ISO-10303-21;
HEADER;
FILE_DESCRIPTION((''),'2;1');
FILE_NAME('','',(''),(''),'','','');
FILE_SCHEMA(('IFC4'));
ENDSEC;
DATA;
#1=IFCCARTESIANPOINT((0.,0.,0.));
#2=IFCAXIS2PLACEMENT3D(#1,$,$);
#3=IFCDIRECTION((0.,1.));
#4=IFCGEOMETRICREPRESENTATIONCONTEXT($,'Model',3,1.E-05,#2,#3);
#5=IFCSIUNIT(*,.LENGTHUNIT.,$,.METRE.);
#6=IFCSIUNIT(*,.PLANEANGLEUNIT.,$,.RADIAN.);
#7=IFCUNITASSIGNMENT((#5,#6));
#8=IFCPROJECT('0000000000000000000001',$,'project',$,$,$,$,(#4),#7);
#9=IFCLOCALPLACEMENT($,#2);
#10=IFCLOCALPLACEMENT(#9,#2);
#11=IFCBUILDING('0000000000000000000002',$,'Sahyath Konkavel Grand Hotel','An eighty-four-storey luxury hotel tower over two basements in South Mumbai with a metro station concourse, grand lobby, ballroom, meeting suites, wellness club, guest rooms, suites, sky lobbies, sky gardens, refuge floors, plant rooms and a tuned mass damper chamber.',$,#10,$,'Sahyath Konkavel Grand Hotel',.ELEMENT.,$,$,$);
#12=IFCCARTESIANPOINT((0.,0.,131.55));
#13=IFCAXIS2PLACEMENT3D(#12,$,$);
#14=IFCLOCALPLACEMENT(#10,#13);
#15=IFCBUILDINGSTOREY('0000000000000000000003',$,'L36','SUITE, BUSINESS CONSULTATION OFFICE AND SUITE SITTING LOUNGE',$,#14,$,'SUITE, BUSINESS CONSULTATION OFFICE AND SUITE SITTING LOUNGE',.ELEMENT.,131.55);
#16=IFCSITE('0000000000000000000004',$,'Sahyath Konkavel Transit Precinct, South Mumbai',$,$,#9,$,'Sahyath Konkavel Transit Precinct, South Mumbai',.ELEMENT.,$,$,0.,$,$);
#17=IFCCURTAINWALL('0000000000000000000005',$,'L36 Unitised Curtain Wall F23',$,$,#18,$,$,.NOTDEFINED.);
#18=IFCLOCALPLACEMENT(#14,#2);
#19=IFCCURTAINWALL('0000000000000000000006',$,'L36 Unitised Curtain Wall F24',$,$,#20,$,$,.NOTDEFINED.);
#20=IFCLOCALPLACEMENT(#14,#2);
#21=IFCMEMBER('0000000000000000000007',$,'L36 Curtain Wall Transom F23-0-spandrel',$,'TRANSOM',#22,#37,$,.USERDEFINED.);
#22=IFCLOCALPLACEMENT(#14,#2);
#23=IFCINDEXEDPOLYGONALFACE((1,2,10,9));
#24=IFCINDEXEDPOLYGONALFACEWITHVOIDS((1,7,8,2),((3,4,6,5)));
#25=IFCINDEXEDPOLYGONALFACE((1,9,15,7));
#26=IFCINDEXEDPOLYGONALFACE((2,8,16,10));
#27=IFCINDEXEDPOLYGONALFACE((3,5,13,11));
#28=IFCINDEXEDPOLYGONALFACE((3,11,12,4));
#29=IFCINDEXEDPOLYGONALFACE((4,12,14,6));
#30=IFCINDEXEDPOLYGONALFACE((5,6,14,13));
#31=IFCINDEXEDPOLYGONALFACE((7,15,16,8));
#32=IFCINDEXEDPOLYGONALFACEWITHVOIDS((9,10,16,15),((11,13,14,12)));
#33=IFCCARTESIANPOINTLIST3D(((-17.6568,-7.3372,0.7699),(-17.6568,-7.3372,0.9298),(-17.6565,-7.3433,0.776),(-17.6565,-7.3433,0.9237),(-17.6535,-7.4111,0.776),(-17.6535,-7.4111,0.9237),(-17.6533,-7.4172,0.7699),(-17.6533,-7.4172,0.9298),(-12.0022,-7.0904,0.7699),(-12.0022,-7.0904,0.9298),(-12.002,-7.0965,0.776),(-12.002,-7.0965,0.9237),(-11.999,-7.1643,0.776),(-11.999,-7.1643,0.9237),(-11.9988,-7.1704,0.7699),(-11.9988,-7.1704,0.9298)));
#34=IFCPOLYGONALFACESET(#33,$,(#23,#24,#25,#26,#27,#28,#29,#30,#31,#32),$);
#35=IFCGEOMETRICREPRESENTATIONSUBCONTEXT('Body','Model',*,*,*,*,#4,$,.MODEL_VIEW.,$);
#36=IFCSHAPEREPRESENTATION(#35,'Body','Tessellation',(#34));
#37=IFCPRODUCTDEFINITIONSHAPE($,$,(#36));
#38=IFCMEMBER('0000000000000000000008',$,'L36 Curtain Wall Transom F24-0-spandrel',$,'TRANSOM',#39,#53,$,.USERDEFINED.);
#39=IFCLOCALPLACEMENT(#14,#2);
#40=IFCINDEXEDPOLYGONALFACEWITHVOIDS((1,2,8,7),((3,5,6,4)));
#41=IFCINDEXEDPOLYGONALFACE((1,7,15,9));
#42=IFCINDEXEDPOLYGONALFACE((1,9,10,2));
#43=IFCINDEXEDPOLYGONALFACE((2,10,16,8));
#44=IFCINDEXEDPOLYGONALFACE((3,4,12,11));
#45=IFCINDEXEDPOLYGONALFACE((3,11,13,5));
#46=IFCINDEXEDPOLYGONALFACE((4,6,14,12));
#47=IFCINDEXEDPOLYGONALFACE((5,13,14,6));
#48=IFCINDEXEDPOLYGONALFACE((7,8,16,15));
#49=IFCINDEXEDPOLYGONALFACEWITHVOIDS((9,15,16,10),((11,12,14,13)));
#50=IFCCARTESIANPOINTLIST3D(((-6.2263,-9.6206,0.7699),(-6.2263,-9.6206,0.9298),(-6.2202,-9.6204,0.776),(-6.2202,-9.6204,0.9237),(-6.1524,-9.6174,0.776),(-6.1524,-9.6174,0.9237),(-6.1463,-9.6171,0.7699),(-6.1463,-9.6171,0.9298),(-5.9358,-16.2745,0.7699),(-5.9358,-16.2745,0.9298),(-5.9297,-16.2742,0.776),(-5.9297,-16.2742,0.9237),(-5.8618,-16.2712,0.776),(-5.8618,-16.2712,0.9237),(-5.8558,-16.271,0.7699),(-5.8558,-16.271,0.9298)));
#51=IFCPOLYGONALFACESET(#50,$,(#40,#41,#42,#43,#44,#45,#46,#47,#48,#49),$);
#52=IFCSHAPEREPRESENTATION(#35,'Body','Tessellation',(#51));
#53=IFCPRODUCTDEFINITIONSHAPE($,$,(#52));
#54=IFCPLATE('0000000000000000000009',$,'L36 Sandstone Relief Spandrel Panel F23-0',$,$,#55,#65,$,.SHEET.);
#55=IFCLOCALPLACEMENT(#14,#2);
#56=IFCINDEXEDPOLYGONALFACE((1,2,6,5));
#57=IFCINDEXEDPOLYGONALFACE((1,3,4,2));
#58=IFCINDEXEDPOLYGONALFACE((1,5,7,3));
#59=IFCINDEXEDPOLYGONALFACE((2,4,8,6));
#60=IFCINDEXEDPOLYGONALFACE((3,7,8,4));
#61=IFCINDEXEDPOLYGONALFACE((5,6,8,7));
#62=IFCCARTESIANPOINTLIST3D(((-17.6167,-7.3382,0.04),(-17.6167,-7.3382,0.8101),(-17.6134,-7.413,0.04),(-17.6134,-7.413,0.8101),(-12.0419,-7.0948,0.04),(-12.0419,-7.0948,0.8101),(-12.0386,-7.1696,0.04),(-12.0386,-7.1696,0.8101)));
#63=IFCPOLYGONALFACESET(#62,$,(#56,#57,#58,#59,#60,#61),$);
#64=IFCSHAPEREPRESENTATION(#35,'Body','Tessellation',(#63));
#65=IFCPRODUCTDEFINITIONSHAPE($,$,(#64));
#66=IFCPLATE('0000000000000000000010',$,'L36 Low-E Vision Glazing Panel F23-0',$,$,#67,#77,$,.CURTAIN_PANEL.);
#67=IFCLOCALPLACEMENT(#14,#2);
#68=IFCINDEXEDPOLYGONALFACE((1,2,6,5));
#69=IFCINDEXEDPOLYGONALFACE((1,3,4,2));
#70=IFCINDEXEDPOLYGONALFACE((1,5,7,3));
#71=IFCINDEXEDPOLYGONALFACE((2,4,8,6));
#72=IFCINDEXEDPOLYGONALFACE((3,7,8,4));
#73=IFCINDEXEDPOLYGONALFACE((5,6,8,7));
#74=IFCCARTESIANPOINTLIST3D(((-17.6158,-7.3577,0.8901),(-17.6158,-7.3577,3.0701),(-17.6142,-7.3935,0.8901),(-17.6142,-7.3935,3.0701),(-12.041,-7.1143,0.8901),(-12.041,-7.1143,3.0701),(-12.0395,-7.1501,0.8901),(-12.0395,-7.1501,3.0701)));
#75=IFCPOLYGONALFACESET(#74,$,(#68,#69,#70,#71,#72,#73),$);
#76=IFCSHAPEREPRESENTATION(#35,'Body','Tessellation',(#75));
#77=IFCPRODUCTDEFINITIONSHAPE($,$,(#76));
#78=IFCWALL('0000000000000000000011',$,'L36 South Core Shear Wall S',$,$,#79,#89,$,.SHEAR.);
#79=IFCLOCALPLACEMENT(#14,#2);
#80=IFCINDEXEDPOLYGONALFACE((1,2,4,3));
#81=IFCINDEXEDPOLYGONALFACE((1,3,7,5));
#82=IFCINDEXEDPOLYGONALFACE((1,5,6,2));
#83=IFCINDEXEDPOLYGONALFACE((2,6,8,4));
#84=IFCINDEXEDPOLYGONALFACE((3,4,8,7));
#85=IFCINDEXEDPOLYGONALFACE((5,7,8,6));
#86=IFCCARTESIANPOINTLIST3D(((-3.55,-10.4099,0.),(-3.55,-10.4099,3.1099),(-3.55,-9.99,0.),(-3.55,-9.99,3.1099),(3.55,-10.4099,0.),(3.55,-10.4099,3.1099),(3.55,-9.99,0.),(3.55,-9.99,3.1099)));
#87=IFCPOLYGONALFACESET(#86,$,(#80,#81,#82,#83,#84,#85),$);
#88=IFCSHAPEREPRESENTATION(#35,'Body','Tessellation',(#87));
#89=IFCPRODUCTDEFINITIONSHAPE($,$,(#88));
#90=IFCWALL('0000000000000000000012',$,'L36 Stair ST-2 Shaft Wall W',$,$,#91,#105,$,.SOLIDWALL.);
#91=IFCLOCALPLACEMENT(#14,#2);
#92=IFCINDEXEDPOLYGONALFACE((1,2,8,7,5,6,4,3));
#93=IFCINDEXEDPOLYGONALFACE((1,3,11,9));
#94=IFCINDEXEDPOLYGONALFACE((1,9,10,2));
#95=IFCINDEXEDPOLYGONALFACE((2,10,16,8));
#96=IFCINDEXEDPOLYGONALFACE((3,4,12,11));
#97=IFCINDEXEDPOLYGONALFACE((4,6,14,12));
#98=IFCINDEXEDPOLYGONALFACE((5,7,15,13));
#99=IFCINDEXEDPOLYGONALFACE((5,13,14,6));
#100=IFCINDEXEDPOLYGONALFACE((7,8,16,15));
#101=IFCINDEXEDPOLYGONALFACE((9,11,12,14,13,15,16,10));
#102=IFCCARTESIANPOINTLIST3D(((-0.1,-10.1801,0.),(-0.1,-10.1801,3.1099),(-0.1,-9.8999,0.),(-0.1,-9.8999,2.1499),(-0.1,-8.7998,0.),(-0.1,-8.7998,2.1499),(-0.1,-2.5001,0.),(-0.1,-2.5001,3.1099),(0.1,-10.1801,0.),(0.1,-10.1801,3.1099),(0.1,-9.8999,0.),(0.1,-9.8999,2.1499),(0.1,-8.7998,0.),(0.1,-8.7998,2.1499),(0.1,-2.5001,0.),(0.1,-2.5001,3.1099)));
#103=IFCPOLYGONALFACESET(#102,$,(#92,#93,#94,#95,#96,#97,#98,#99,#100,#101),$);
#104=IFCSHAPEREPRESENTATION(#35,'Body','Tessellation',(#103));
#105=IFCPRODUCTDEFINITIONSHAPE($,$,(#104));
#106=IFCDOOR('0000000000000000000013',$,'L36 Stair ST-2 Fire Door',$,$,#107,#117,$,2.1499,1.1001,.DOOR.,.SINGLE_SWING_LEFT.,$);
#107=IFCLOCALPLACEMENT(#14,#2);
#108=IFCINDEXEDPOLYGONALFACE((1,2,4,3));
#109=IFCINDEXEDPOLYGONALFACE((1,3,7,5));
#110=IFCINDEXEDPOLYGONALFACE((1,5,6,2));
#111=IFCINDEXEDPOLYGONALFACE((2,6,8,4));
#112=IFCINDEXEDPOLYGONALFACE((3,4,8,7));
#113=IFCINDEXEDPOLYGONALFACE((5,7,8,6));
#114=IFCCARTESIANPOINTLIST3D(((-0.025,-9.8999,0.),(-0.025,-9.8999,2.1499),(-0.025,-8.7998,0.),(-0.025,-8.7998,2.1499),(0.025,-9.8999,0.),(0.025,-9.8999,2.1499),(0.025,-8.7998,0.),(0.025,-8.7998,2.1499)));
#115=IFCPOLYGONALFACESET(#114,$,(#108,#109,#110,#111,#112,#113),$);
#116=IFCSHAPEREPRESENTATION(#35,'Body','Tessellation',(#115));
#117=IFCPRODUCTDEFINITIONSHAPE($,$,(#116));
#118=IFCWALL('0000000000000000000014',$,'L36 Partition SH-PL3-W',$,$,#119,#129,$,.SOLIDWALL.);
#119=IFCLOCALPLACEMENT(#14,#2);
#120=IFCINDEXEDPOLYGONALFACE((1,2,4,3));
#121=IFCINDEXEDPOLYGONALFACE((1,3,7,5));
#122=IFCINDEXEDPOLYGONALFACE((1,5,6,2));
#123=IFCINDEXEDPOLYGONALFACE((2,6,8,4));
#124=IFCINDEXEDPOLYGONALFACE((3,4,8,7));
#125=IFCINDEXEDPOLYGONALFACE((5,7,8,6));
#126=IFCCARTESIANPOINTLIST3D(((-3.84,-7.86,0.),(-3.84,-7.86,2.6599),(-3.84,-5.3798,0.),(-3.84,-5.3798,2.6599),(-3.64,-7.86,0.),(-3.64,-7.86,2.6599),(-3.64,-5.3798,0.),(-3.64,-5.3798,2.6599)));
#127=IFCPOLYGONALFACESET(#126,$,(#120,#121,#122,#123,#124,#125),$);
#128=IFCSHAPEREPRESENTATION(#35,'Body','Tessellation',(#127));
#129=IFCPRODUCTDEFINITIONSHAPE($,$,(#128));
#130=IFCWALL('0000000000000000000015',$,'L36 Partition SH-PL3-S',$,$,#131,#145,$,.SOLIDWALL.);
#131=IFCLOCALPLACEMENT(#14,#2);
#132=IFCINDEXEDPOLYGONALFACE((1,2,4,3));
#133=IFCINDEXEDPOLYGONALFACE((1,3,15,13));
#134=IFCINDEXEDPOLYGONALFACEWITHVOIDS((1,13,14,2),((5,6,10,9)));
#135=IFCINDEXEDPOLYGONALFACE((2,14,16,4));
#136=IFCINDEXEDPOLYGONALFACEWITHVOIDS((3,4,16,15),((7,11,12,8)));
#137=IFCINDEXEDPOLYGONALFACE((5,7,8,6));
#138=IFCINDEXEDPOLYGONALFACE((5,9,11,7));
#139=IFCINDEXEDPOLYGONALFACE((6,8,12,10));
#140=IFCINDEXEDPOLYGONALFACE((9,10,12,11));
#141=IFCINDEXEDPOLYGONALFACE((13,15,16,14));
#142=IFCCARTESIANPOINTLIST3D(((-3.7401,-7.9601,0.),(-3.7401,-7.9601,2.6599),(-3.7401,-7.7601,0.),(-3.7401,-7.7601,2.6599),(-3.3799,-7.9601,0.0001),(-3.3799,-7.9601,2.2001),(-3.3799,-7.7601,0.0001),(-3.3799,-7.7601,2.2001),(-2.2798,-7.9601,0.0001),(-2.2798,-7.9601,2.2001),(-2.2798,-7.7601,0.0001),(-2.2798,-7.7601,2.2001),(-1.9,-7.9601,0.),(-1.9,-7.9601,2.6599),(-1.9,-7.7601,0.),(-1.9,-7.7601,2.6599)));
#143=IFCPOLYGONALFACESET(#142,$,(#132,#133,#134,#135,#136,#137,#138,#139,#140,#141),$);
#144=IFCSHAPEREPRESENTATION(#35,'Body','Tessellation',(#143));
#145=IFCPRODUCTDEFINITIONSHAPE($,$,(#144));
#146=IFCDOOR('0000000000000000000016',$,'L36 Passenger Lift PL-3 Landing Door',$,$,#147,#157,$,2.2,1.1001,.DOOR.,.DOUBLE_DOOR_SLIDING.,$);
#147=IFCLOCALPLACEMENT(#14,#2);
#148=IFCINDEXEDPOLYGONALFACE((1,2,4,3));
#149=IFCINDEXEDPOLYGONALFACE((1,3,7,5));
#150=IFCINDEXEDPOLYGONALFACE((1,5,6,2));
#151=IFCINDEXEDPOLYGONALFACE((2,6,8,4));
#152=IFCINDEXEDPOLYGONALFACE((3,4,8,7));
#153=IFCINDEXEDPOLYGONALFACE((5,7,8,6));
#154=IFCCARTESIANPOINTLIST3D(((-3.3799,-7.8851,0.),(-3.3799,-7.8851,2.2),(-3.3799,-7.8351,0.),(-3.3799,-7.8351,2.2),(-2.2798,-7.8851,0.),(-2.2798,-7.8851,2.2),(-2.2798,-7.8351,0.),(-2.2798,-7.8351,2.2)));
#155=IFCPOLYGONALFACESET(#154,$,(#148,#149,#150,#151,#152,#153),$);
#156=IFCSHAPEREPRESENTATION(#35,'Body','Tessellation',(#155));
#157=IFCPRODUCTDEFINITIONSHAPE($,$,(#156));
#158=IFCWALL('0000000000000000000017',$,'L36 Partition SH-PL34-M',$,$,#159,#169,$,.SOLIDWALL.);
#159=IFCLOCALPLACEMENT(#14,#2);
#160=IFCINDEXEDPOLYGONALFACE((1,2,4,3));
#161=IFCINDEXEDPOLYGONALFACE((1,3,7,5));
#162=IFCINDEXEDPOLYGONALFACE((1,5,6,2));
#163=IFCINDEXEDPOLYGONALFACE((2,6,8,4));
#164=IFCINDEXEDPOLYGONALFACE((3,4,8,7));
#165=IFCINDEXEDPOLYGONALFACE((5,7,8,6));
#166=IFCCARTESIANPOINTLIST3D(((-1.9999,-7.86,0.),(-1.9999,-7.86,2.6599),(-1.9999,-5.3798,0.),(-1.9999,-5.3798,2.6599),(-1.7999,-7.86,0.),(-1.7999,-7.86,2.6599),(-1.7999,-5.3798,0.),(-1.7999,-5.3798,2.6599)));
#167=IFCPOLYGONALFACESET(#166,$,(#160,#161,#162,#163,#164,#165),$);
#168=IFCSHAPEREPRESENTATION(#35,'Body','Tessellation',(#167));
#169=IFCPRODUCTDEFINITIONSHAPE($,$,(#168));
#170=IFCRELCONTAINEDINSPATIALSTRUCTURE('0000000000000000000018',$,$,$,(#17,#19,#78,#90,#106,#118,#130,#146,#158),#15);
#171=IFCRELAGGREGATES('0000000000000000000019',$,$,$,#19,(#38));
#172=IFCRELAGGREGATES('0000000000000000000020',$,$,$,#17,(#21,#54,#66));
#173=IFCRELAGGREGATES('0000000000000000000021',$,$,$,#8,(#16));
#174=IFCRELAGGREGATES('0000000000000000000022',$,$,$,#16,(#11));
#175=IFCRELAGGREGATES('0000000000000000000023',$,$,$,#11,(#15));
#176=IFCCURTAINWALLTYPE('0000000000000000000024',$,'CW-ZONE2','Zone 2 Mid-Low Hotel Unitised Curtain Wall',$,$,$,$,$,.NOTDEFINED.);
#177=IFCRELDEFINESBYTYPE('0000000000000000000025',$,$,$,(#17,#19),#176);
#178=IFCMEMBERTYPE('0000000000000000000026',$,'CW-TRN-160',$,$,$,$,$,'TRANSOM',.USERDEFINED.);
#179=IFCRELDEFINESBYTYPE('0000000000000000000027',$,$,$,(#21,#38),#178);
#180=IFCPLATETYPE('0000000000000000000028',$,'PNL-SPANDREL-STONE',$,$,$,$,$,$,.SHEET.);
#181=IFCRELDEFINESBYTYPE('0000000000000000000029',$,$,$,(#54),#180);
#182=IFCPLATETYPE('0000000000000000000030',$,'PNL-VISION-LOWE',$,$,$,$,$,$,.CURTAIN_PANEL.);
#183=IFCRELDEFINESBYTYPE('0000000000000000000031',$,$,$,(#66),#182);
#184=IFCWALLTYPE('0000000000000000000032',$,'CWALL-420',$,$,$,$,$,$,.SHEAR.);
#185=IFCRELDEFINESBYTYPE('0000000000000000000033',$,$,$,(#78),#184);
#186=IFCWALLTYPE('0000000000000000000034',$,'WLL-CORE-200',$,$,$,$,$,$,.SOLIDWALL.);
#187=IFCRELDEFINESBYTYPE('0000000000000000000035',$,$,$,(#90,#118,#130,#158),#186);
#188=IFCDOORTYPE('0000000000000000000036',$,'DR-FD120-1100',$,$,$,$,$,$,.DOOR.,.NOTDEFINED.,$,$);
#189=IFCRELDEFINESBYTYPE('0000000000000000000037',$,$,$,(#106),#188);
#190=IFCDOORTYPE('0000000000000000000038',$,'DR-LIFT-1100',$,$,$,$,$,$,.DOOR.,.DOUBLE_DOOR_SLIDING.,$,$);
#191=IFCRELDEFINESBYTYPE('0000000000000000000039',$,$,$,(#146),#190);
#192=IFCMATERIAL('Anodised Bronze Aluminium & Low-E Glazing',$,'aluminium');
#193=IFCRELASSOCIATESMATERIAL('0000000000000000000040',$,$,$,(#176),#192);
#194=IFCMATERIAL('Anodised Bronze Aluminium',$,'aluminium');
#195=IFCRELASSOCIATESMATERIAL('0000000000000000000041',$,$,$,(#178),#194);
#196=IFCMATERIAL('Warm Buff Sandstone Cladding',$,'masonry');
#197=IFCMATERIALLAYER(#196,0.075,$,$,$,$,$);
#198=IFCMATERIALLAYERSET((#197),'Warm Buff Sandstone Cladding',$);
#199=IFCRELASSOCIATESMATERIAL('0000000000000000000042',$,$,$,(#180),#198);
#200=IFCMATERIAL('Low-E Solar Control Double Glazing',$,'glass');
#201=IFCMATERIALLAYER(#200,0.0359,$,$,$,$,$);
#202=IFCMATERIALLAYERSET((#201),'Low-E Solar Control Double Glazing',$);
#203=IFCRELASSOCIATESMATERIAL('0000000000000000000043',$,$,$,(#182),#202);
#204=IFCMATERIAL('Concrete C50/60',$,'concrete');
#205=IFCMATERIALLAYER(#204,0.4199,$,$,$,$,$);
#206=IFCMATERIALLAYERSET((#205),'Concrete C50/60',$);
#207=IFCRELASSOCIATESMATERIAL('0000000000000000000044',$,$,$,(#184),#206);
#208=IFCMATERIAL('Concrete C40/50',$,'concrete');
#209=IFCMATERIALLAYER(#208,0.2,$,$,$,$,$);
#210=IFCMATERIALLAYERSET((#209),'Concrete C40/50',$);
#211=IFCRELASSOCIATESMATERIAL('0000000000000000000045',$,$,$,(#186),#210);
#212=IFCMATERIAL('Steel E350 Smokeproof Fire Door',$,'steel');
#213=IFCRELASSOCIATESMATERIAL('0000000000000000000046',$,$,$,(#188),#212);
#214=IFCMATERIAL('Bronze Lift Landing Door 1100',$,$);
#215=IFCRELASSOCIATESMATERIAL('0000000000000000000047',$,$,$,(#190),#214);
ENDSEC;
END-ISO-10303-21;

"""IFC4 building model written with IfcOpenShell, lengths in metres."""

from ifc_helpers import new_model, si_unit, direction, frame, frame_2d, origin, origin_2d, place, context, subcontext, project, spatial, rectangle, hollow_rectangle, extrude, source, transform, mapped, material, layer, layer_set, material_profile, profile_set, type_object, element, fill, aggregate, save


model = new_model("IFC4")

# Units and contexts
model_context = context("Model", 3, precision=1e-05, world=origin(), true_north=direction((0.0, 1.0)))
body_context = subcontext(model_context, "Body", "Model", "MODEL_VIEW")
ifc_project = project(units=[si_unit("LENGTHUNIT", "METRE"), si_unit("PLANEANGLEUNIT", "RADIAN")], contexts=[model_context])

# Site, building, storey
site_placement = place(None, origin())
site = spatial("IfcSite", under=ifc_project, at=site_placement, Name="Sahyath Konkavel Transit Precinct, South Mumbai", LongName="Sahyath Konkavel Transit Precinct, South Mumbai", CompositionType="ELEMENT", RefElevation=0.0)
building_placement = place(site_placement, origin())
building = spatial("IfcBuilding", under=site, at=building_placement, Name="Sahyath Konkavel Grand Hotel", Description="An eighty-four-storey luxury hotel tower over two basements in South Mumbai with a metro station concourse, grand lobby, ballroom, meeting suites, wellness club, guest rooms, suites, sky lobbies, sky gardens, refuge floors, plant rooms and a tuned mass damper chamber.", LongName="Sahyath Konkavel Grand Hotel", CompositionType="ELEMENT")
storey_placement = place(building_placement, frame((0.0, 0.0, 131.55)))
storey = spatial("IfcBuildingStorey", under=building, at=storey_placement, Name="L36", Description="SUITE, BUSINESS CONSULTATION OFFICE AND SUITE SITTING LOUNGE", LongName="SUITE, BUSINESS CONSULTATION OFFICE AND SUITE SITTING LOUNGE", CompositionType="ELEMENT", Elevation=131.55)

# Curtain walls
ifc_material_1 = material(Name="Anodised Bronze Aluminium & Low-E Glazing", Category="aluminium")
curtain_wall_type = type_object("IfcCurtainWallType", Name="CW-ZONE2", Description="Zone 2 Mid-Low Hotel Unitised Curtain Wall", PredefinedType="NOTDEFINED", material=ifc_material_1)
curtain_wall_1_placement = place(storey_placement, origin())
curtain_wall_1 = element("IfcCurtainWall", 1, at=curtain_wall_1_placement, inside=storey, type_object=curtain_wall_type, Name="L36 Unitised Curtain Wall F23", PredefinedType="NOTDEFINED")
ifc_material_2 = material(Name="Anodised Bronze Aluminium", Category="aluminium")
curtain_wall_2_placement = place(storey_placement, origin())
curtain_wall_2 = element("IfcCurtainWall", 2, at=curtain_wall_2_placement, inside=storey, type_object=curtain_wall_type, Name="L36 Unitised Curtain Wall F24", PredefinedType="NOTDEFINED")

# Members
ifc_material_profile_1 = material_profile(ifc_material_2, hollow_rectangle(XDim=0.0801, YDim=0.1599, WallThickness=0.0061, at=origin_2d()), Name="RHS 160x80x6")
ifc_profile_set_1 = profile_set([ifc_material_profile_1], Name="Anodised Bronze Aluminium")
member_type_1 = type_object("IfcMemberType", Name="CW-TRN-160", ElementType="TRANSOM", PredefinedType="USERDEFINED", material=ifc_profile_set_1)
shared_shape_1 = source(origin(), body_context, "Body", "SweptSolid", [
    extrude(hollow_rectangle(XDim=0.0801, YDim=0.1599, WallThickness=0.0061, at=origin_2d()), origin(), (0.0, 0.0, 1.0), 5.6599),
])
member_1_placement = place(storey_placement, frame((-17.655, -7.3772, 0.8499), z_axis=(0.999049, 0.043609, 0.0), x_axis=(-0.043609, 0.999049, 0.0)))
member_1 = element("IfcMember", 3, at=member_1_placement, type_object=member_type_1, Name="L36 Curtain Wall Transom F23-0-spandrel", ObjectType="TRANSOM", PredefinedType="USERDEFINED", context=body_context, shape_type="MappedRepresentation", body=[
    mapped(shared_shape_1, transform((0.0, 0.0, 0.0), scale=1.0)),
])
shared_shape_2 = source(origin(), body_context, "Body", "SweptSolid", [
    extrude(hollow_rectangle(XDim=0.0801, YDim=0.1599, WallThickness=0.0061, at=origin_2d()), origin(), (0.0, 0.0, 1.0), 6.6602),
])
member_2_placement = place(storey_placement, frame((-6.1863, -9.6189, 0.8499), z_axis=(0.043622, -0.999048, 0.0), x_axis=(0.999048, 0.043622, 0.0)))
member_2 = element("IfcMember", 4, at=member_2_placement, type_object=member_type_1, Name="L36 Curtain Wall Transom F24-0-spandrel", ObjectType="TRANSOM", PredefinedType="USERDEFINED", context=body_context, shape_type="MappedRepresentation", body=[
    mapped(shared_shape_2, transform((0.0, 0.0, 0.0), scale=1.0)),
])
aggregate(curtain_wall_2, [member_2])

# Plates
ifc_material_3 = material(Name="Warm Buff Sandstone Cladding", Category="masonry")
ifc_layer_1 = layer(ifc_material_3, 0.075)
ifc_layer_set_1 = layer_set([ifc_layer_1], Name="Warm Buff Sandstone Cladding")
plate_type_1 = type_object("IfcPlateType", Name="PNL-SPANDREL-STONE", PredefinedType="SHEET", material=ifc_layer_set_1)
shared_shape_3 = source(origin(), body_context, "Body", "SweptSolid", [
    extrude(rectangle(XDim=5.5801, YDim=0.075, at=origin_2d()), origin(), (0.0, 0.0, 1.0), 0.77),
])
plate_1_placement = place(storey_placement, frame((-14.8276, -7.2539, 0.04), z_axis=(0.0, 0.0, 1.0), x_axis=(0.999048, 0.043619, 0.0)))
plate_1 = element("IfcPlate", 5, at=plate_1_placement, type_object=plate_type_1, Name="L36 Sandstone Relief Spandrel Panel F23-0", PredefinedType="SHEET", context=body_context, shape_type="MappedRepresentation", body=[
    mapped(shared_shape_3, transform((0.0, 0.0, 0.0), scale=1.0)),
])
ifc_material_4 = material(Name="Low-E Solar Control Double Glazing", Category="glass")
ifc_layer_2 = layer(ifc_material_4, 0.0359)
ifc_layer_set_2 = layer_set([ifc_layer_2], Name="Low-E Solar Control Double Glazing")
plate_type_2 = type_object("IfcPlateType", Name="PNL-VISION-LOWE", PredefinedType="CURTAIN_PANEL", material=ifc_layer_set_2)
shared_shape_4 = source(origin(), body_context, "Body", "SweptSolid", [
    extrude(rectangle(XDim=5.5801, YDim=0.0359, at=origin_2d()), origin(), (0.0, 0.0, 1.0), 2.1799),
])
plate_2_placement = place(storey_placement, frame((-14.8276, -7.2539, 0.8901), z_axis=(0.0, 0.0, 1.0), x_axis=(0.999048, 0.043619, 0.0)))
plate_2 = element("IfcPlate", 6, at=plate_2_placement, type_object=plate_type_2, Name="L36 Low-E Vision Glazing Panel F23-0", PredefinedType="CURTAIN_PANEL", context=body_context, shape_type="MappedRepresentation", body=[
    mapped(shared_shape_4, transform((0.0, 0.0, 0.0), scale=1.0)),
])
aggregate(curtain_wall_1, [member_1, plate_1, plate_2])

# Wall
ifc_material_5 = material(Name="Concrete C50/60", Category="concrete")
ifc_layer_3 = layer(ifc_material_5, 0.4199)
ifc_layer_set_3 = layer_set([ifc_layer_3], Name="Concrete C50/60")
wall_type_1 = type_object("IfcWallType", Name="CWALL-420", PredefinedType="SHEAR", material=ifc_layer_set_3)
wall_1_placement = place(storey_placement, frame((-3.55, -10.2, 0.0), z_axis=(0.0, 0.0, 1.0), x_axis=(1.0, 0.0, 0.0)))
element("IfcWall", 7, at=wall_1_placement, inside=storey, type_object=wall_type_1, Name="L36 South Core Shear Wall S", PredefinedType="SHEAR", context=body_context, shape_type="SweptSolid", body=[
    extrude(rectangle(XDim=7.1001, YDim=0.4199, at=frame_2d((3.55, 0.0))), origin(), (0.0, 0.0, 1.0), 3.1099),
])

# Wall, opening, door
ifc_material_6 = material(Name="Concrete C40/50", Category="concrete")
ifc_layer_4 = layer(ifc_material_6, 0.2)
ifc_layer_set_4 = layer_set([ifc_layer_4], Name="Concrete C40/50")
wall_type_2 = type_object("IfcWallType", Name="WLL-CORE-200", PredefinedType="SOLIDWALL", material=ifc_layer_set_4)
wall_2_placement = place(storey_placement, frame((0.0, -10.1799, 0.0), z_axis=(0.0, 0.0, 1.0), x_axis=(0.0, 1.0, 0.0)))
wall_2 = element("IfcWall", 8, at=wall_2_placement, inside=storey, type_object=wall_type_2, Name="L36 Stair ST-2 Shaft Wall W", PredefinedType="SOLIDWALL", context=body_context, shape_type="SweptSolid", body=[
    extrude(rectangle(XDim=7.6799, YDim=0.2, at=frame_2d((3.8398, 0.0))), origin(), (0.0, 0.0, 1.0), 3.1099),
])
opening_1_placement = place(wall_2_placement, frame((0.28, 0.0, 0.0)))
opening_1 = element("IfcOpeningElement", 9, at=opening_1_placement, cuts=wall_2, PredefinedType="OPENING", context=body_context, shape_type="SweptSolid", body=[
    extrude(rectangle(XDim=1.1001, YDim=2.1499, at=frame_2d((0.55, 1.075))), frame((0.0, 0.1099, 0.0), z_axis=(0.0, -1.0, 0.0), x_axis=(1.0, 0.0, 0.0)), (0.0, 0.0, 1.0), 0.22),
])
ifc_material_7 = material(Name="Steel E350 Smokeproof Fire Door", Category="steel")
door_type_1 = type_object("IfcDoorType", Name="DR-FD120-1100", OperationType="NOTDEFINED", PredefinedType="DOOR", material=ifc_material_7)
shared_shape_5 = source(origin(), body_context, "Body", "SweptSolid", [
    extrude(rectangle(XDim=1.1001, YDim=0.05, at=origin_2d()), origin(), (0.0, 0.0, 1.0), 2.1499),
])
door_1_placement = place(opening_1_placement, frame((0.55, 0.0, 0.0)))
door_1 = element("IfcDoor", 10, at=door_1_placement, inside=storey, type_object=door_type_1, Name="L36 Stair ST-2 Fire Door", OperationType="SINGLE_SWING_LEFT", OverallHeight=2.1499, OverallWidth=1.1001, PredefinedType="DOOR", context=body_context, shape_type="MappedRepresentation", body=[
    mapped(shared_shape_5, transform((0.0, 0.0, 0.0), scale=1.0)),
])
fill(opening_1, door_1)

# Wall
wall_3_placement = place(storey_placement, frame((-3.74, -7.8601, 0.0), z_axis=(0.0, 0.0, 1.0), x_axis=(0.0, 1.0, 0.0)))
element("IfcWall", 11, at=wall_3_placement, inside=storey, type_object=wall_type_2, Name="L36 Partition SH-PL3-W", PredefinedType="SOLIDWALL", context=body_context, shape_type="SweptSolid", body=[
    extrude(rectangle(XDim=2.4802, YDim=0.2, at=frame_2d((1.2402, 0.0))), origin(), (0.0, 0.0, 1.0), 2.6599),
])

# Wall, opening, door
wall_4_placement = place(storey_placement, frame((-3.74, -7.8601, 0.0), z_axis=(0.0, 0.0, 1.0), x_axis=(1.0, 0.0, 0.0)))
wall_4 = element("IfcWall", 12, at=wall_4_placement, inside=storey, type_object=wall_type_2, Name="L36 Partition SH-PL3-S", PredefinedType="SOLIDWALL", context=body_context, shape_type="SweptSolid", body=[
    extrude(rectangle(XDim=1.8401, YDim=0.2, at=frame_2d((0.9199, 0.0))), origin(), (0.0, 0.0, 1.0), 2.6599),
])
opening_2_placement = place(wall_4_placement, frame((0.3601, 0.0, 0.0)))
opening_2 = element("IfcOpeningElement", 13, at=opening_2_placement, cuts=wall_4, PredefinedType="OPENING", context=body_context, shape_type="SweptSolid", body=[
    extrude(rectangle(XDim=1.1001, YDim=2.2, at=frame_2d((0.55, 1.1001))), frame((0.0, 0.1099, 0.0), z_axis=(0.0, -1.0, 0.0), x_axis=(1.0, 0.0, 0.0)), (0.0, 0.0, 1.0), 0.22),
])
ifc_material_8 = material(Name="Bronze Lift Landing Door 1100")
door_type_2 = type_object("IfcDoorType", Name="DR-LIFT-1100", OperationType="DOUBLE_DOOR_SLIDING", PredefinedType="DOOR", material=ifc_material_8)
shared_shape_6 = source(origin(), body_context, "Body", "SweptSolid", [
    extrude(rectangle(XDim=1.1001, YDim=0.05, at=origin_2d()), origin(), (0.0, 0.0, 1.0), 2.2),
])
door_2_placement = place(opening_2_placement, frame((0.55, 0.0, 0.0)))
door_2 = element("IfcDoor", 14, at=door_2_placement, inside=storey, type_object=door_type_2, Name="L36 Passenger Lift PL-3 Landing Door", OperationType="DOUBLE_DOOR_SLIDING", OverallHeight=2.2, OverallWidth=1.1001, PredefinedType="DOOR", context=body_context, shape_type="MappedRepresentation", body=[
    mapped(shared_shape_6, transform((0.0, 0.0, 0.0), scale=1.0)),
])
fill(opening_2, door_2)

# Wall
wall_5_placement = place(storey_placement, frame((-1.8999, -7.8601, 0.0), z_axis=(0.0, 0.0, 1.0), x_axis=(0.0, 1.0, 0.0)))
element("IfcWall", 15, at=wall_5_placement, inside=storey, type_object=wall_type_2, Name="L36 Partition SH-PL34-M", PredefinedType="SOLIDWALL", context=body_context, shape_type="SweptSolid", body=[
    extrude(rectangle(XDim=2.4802, YDim=0.2, at=frame_2d((1.2402, 0.0))), origin(), (0.0, 0.0, 1.0), 2.6599),
])

save(model, "model.ifc")
